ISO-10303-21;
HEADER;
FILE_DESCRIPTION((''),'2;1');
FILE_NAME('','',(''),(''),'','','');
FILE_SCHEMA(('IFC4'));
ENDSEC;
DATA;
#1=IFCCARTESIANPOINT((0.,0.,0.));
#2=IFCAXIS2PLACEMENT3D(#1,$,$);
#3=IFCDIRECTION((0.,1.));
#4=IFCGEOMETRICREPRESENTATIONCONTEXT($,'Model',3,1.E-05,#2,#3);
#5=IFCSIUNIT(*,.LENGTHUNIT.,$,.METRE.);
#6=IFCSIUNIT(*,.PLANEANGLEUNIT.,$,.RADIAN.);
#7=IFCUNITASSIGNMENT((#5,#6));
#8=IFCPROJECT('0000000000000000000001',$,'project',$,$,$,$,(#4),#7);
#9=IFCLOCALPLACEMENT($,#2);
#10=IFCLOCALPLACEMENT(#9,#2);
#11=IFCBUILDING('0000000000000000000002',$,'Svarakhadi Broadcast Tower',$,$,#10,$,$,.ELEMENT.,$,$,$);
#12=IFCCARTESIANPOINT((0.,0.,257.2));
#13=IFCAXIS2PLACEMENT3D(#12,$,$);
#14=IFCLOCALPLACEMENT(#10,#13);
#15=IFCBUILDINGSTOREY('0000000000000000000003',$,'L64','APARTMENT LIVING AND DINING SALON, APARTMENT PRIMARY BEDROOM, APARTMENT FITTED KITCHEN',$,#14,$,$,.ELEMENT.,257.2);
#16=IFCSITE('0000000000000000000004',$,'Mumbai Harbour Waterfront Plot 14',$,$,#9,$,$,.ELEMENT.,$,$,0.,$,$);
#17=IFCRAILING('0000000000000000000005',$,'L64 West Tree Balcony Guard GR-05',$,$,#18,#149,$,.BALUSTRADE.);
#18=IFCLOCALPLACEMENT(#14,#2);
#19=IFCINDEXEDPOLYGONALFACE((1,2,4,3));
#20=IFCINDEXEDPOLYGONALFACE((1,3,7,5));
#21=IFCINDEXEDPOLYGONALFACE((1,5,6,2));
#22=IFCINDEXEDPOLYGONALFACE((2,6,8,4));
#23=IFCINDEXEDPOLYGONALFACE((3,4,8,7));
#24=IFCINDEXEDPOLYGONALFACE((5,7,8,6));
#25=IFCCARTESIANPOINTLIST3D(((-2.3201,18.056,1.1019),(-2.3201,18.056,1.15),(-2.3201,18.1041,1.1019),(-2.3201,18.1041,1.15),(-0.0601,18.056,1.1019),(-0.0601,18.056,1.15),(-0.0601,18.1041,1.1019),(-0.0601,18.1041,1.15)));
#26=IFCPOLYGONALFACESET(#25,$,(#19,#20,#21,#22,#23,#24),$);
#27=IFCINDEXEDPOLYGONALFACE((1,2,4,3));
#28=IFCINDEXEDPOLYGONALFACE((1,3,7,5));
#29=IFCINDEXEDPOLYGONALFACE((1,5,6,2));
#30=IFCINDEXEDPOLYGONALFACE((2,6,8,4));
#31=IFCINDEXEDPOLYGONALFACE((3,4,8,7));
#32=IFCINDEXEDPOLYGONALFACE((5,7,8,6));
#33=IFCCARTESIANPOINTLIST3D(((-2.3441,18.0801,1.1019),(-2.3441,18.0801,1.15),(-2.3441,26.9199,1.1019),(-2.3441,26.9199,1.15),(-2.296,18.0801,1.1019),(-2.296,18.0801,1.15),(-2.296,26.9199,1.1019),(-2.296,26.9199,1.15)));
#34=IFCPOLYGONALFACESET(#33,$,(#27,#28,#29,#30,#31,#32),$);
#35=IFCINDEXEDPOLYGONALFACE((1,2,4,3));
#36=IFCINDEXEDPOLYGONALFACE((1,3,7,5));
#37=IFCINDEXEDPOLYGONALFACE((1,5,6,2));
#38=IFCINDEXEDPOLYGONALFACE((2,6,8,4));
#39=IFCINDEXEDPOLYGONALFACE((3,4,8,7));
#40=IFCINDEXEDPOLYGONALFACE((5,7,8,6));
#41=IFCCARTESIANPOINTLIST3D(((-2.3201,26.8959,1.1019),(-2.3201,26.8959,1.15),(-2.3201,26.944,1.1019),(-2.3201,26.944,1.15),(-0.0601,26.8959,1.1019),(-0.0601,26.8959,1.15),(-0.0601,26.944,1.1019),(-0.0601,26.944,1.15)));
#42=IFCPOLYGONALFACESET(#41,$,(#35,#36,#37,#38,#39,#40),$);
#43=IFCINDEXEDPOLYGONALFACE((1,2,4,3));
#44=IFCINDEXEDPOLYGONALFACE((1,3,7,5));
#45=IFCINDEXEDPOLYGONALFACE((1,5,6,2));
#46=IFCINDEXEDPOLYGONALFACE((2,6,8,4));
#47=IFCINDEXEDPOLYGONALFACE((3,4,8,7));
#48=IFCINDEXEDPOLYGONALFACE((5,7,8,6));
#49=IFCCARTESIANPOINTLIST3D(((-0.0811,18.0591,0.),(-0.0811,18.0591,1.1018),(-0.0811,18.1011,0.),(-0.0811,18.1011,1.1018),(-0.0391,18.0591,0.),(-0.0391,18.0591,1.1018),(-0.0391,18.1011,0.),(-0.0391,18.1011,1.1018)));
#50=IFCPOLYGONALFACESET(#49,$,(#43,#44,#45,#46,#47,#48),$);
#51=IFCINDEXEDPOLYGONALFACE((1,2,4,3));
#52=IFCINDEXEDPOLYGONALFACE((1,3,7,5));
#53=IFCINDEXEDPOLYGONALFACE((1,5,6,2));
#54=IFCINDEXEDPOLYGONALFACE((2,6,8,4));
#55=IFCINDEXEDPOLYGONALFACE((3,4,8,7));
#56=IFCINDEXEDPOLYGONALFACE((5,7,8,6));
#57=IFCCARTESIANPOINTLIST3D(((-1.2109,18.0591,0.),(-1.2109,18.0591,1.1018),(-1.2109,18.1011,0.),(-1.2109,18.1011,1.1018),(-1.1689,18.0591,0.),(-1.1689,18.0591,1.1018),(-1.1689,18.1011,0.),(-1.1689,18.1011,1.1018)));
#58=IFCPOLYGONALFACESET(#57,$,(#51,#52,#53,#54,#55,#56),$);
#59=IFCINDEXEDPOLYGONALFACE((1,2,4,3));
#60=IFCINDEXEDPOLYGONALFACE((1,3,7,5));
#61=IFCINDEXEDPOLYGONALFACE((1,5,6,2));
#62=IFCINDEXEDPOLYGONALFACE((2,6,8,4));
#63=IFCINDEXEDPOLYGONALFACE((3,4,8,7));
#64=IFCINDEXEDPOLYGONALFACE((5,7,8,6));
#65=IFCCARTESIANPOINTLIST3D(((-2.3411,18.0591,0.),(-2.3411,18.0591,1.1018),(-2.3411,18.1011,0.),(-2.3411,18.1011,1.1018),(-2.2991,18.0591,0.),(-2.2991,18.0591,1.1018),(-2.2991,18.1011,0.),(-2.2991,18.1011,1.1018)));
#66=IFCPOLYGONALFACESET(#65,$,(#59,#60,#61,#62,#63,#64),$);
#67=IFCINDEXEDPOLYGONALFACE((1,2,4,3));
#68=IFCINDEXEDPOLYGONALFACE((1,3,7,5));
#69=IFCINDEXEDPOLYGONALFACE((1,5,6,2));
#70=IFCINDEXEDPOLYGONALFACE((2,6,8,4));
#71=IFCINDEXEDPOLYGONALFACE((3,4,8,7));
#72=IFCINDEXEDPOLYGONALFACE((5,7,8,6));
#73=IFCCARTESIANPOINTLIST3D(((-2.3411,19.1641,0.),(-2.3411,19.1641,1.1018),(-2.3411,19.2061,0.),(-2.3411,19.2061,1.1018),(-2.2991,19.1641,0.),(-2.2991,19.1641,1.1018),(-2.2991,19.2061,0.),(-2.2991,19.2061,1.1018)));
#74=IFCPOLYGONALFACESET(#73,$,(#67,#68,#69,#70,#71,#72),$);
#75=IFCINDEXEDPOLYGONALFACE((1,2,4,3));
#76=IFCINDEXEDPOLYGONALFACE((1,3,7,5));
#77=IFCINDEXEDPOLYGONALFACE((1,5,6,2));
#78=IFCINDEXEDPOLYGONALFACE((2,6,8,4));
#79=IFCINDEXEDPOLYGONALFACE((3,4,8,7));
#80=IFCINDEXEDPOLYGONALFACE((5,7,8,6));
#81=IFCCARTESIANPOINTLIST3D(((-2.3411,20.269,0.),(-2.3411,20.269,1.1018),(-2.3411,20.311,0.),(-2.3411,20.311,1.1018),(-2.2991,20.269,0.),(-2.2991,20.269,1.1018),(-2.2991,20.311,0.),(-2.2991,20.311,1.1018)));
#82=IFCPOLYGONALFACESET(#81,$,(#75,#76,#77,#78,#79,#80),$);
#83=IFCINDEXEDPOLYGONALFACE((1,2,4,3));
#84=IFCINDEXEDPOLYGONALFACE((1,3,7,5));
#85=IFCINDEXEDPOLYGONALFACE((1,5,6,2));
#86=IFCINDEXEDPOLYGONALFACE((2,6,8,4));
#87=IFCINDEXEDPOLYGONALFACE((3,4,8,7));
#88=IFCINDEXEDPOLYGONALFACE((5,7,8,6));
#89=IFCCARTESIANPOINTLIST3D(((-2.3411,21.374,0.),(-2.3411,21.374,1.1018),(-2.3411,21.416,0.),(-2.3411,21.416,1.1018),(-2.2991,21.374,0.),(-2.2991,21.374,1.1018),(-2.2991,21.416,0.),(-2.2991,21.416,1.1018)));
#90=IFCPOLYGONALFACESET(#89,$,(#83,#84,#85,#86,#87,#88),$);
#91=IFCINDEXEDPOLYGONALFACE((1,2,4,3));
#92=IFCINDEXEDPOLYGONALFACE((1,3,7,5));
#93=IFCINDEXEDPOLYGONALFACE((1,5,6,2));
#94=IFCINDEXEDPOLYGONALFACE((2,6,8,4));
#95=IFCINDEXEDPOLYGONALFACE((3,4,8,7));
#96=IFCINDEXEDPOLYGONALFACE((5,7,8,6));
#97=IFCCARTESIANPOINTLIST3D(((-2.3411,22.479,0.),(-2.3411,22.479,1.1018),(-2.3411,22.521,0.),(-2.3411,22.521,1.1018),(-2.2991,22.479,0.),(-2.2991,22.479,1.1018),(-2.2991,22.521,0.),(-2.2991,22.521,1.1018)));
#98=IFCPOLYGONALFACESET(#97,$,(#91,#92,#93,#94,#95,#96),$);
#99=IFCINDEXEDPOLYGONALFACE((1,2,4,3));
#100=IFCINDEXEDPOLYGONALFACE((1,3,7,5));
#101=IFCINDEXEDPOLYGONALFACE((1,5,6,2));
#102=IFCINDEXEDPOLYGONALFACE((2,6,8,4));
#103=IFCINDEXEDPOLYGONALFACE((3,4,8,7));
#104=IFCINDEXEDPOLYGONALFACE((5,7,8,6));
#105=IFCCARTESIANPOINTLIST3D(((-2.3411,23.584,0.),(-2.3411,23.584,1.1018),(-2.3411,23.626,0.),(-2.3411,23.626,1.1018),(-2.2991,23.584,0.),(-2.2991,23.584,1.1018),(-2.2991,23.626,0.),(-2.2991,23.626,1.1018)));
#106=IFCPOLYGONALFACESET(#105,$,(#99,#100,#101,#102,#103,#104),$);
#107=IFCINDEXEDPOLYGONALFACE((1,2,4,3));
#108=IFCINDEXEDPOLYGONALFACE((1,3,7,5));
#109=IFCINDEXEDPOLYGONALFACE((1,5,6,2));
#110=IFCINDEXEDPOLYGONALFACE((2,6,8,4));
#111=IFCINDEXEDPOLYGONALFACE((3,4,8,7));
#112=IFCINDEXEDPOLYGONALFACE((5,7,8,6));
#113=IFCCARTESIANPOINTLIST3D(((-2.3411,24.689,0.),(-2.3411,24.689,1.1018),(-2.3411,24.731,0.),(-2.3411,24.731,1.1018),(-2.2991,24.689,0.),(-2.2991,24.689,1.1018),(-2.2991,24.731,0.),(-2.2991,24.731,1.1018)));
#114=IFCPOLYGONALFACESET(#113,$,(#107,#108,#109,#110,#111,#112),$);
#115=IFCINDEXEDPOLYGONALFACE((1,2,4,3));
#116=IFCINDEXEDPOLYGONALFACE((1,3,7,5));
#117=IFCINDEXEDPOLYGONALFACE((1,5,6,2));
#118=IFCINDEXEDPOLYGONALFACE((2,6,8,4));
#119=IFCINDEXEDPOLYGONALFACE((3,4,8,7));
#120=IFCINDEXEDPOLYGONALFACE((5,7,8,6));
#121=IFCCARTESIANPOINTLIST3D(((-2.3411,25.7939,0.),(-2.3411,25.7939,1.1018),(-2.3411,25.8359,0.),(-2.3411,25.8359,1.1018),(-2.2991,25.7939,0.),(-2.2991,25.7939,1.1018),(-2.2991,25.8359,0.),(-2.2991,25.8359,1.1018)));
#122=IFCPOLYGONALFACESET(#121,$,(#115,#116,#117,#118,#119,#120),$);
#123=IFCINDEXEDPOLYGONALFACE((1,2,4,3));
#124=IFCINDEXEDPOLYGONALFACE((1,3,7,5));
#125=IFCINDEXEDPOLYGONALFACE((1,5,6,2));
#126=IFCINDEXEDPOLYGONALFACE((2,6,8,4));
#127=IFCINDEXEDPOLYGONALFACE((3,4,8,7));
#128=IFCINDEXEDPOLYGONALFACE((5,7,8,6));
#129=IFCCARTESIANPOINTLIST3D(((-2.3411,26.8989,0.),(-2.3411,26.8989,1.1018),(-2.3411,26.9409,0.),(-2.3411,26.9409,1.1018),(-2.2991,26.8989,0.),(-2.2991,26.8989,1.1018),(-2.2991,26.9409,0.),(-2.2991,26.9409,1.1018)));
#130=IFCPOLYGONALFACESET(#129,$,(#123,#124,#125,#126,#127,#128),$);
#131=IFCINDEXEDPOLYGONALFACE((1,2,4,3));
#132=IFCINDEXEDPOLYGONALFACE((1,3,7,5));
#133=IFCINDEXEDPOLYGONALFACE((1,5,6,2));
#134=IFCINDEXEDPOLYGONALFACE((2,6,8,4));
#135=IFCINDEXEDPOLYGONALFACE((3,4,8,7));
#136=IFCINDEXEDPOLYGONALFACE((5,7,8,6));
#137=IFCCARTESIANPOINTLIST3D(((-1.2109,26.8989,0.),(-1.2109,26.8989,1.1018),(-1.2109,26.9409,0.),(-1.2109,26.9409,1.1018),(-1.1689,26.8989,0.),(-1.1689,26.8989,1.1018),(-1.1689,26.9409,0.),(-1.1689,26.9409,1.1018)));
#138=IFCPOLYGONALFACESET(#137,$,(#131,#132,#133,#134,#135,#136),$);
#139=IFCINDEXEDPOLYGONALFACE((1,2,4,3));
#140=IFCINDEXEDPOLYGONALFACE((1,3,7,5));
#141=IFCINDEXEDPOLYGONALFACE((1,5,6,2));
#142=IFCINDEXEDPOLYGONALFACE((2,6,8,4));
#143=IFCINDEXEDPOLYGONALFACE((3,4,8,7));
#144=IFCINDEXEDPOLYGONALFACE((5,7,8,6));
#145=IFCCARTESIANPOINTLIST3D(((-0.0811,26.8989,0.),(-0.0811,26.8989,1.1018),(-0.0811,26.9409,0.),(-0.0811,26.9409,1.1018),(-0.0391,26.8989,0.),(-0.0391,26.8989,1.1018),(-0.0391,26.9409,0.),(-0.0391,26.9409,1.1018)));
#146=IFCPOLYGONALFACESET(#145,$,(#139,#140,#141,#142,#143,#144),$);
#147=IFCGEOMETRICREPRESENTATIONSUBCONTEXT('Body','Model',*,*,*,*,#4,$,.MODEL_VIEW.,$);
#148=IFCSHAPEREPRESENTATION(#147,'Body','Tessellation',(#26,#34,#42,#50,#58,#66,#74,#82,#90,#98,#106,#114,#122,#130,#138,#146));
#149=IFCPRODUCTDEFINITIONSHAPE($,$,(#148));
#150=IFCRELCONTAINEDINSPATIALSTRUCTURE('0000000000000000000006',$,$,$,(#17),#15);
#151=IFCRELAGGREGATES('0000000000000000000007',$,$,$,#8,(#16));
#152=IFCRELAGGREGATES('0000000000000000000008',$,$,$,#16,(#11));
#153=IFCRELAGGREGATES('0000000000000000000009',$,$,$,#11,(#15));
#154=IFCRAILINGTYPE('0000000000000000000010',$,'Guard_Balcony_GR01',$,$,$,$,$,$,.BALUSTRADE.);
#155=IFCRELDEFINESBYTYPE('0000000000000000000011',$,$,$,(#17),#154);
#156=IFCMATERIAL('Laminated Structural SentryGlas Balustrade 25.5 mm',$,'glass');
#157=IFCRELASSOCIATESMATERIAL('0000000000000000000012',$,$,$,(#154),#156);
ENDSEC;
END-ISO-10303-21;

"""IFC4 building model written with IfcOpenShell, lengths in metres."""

from ifc_helpers import new_model, si_unit, direction, frame, origin, origin_2d, place, context, subcontext, project, spatial, rectangle, extrude, material, type_object, element, save


model = new_model("IFC4")

# Units and contexts
model_context = context("Model", 3, precision=1e-05, world=origin(), true_north=direction((0.0, 1.0)))
body_context = subcontext(model_context, "Body", "Model", "MODEL_VIEW")
ifc_project = project(units=[si_unit("LENGTHUNIT", "METRE"), si_unit("PLANEANGLEUNIT", "RADIAN")], contexts=[model_context])

# Site, building, storey
site_placement = place(None, origin())
site = spatial("IfcSite", under=ifc_project, at=site_placement, Name="Mumbai Harbour Waterfront Plot 14", CompositionType="ELEMENT", RefElevation=0.0)
building_placement = place(site_placement, origin())
building = spatial("IfcBuilding", under=site, at=building_placement, Name="Svarakhadi Broadcast Tower", CompositionType="ELEMENT")
storey_placement = place(building_placement, frame((0.0, 0.0, 257.2)))
storey = spatial("IfcBuildingStorey", under=building, at=storey_placement, Name="L64", Description="APARTMENT LIVING AND DINING SALON, APARTMENT PRIMARY BEDROOM, APARTMENT FITTED KITCHEN", CompositionType="ELEMENT", Elevation=257.2)

# Railing
ifc_material_1 = material(Name="Laminated Structural SentryGlas Balustrade 25.5 mm", Category="glass")
railing_type = type_object("IfcRailingType", Name="Guard_Balcony_GR01", PredefinedType="BALUSTRADE", material=ifc_material_1)
railing_placement = place(storey_placement, frame((-0.0601, 18.0801, 0.0)))
element("IfcRailing", 1, at=railing_placement, inside=storey, type_object=railing_type, Name="L64 West Tree Balcony Guard GR-05", PredefinedType="BALUSTRADE", context=body_context, shape_type="SweptSolid", body=[
    extrude(rectangle(XDim=0.0481, YDim=0.0481, at=origin_2d()), frame((0.0, 0.0, 1.126), z_axis=(-1.0, 0.0, 0.0), x_axis=(0.0, -1.0, 0.0)), (0.0, 0.0, 1.0), 2.26),
    extrude(rectangle(XDim=0.0481, YDim=0.0481, at=origin_2d()), frame((-2.26, 0.0, 1.126), z_axis=(0.0, 1.0, 0.0), x_axis=(-1.0, 0.0, 0.0)), (0.0, 0.0, 1.0), 8.8398),
    extrude(rectangle(XDim=0.0481, YDim=0.0481, at=origin_2d()), frame((-2.26, 8.8398, 1.126), z_axis=(1.0, 0.0, 0.0), x_axis=(0.0, 1.0, 0.0)), (0.0, 0.0, 1.0), 2.26),
    extrude(rectangle(XDim=0.042, YDim=0.042, at=origin_2d()), origin(), (0.0, 0.0, 1.0), 1.1018),
    extrude(rectangle(XDim=0.042, YDim=0.042, at=origin_2d()), frame((-1.1299, 0.0, 0.0)), (0.0, 0.0, 1.0), 1.1018),
    extrude(rectangle(XDim=0.042, YDim=0.042, at=origin_2d()), frame((-2.26, 0.0, 0.0)), (0.0, 0.0, 1.0), 1.1018),
    extrude(rectangle(XDim=0.042, YDim=0.042, at=origin_2d()), frame((-2.26, 1.105, 0.0)), (0.0, 0.0, 1.0), 1.1018),
    extrude(rectangle(XDim=0.042, YDim=0.042, at=origin_2d()), frame((-2.26, 2.21, 0.0)), (0.0, 0.0, 1.0), 1.1018),
    extrude(rectangle(XDim=0.042, YDim=0.042, at=origin_2d()), frame((-2.26, 3.3149, 0.0)), (0.0, 0.0, 1.0), 1.1018),
    extrude(rectangle(XDim=0.042, YDim=0.042, at=origin_2d()), frame((-2.26, 4.4199, 0.0)), (0.0, 0.0, 1.0), 1.1018),
    extrude(rectangle(XDim=0.042, YDim=0.042, at=origin_2d()), frame((-2.26, 5.5249, 0.0)), (0.0, 0.0, 1.0), 1.1018),
    extrude(rectangle(XDim=0.042, YDim=0.042, at=origin_2d()), frame((-2.26, 6.6299, 0.0)), (0.0, 0.0, 1.0), 1.1018),
    extrude(rectangle(XDim=0.042, YDim=0.042, at=origin_2d()), frame((-2.26, 7.7349, 0.0)), (0.0, 0.0, 1.0), 1.1018),
    extrude(rectangle(XDim=0.042, YDim=0.042, at=origin_2d()), frame((-2.26, 8.8398, 0.0)), (0.0, 0.0, 1.0), 1.1018),
    extrude(rectangle(XDim=0.042, YDim=0.042, at=origin_2d()), frame((-1.1299, 8.8398, 0.0)), (0.0, 0.0, 1.0), 1.1018),
    extrude(rectangle(XDim=0.042, YDim=0.042, at=origin_2d()), frame((0.0, 8.8398, 0.0)), (0.0, 0.0, 1.0), 1.1018),
])

save(model, "model.ifc")
